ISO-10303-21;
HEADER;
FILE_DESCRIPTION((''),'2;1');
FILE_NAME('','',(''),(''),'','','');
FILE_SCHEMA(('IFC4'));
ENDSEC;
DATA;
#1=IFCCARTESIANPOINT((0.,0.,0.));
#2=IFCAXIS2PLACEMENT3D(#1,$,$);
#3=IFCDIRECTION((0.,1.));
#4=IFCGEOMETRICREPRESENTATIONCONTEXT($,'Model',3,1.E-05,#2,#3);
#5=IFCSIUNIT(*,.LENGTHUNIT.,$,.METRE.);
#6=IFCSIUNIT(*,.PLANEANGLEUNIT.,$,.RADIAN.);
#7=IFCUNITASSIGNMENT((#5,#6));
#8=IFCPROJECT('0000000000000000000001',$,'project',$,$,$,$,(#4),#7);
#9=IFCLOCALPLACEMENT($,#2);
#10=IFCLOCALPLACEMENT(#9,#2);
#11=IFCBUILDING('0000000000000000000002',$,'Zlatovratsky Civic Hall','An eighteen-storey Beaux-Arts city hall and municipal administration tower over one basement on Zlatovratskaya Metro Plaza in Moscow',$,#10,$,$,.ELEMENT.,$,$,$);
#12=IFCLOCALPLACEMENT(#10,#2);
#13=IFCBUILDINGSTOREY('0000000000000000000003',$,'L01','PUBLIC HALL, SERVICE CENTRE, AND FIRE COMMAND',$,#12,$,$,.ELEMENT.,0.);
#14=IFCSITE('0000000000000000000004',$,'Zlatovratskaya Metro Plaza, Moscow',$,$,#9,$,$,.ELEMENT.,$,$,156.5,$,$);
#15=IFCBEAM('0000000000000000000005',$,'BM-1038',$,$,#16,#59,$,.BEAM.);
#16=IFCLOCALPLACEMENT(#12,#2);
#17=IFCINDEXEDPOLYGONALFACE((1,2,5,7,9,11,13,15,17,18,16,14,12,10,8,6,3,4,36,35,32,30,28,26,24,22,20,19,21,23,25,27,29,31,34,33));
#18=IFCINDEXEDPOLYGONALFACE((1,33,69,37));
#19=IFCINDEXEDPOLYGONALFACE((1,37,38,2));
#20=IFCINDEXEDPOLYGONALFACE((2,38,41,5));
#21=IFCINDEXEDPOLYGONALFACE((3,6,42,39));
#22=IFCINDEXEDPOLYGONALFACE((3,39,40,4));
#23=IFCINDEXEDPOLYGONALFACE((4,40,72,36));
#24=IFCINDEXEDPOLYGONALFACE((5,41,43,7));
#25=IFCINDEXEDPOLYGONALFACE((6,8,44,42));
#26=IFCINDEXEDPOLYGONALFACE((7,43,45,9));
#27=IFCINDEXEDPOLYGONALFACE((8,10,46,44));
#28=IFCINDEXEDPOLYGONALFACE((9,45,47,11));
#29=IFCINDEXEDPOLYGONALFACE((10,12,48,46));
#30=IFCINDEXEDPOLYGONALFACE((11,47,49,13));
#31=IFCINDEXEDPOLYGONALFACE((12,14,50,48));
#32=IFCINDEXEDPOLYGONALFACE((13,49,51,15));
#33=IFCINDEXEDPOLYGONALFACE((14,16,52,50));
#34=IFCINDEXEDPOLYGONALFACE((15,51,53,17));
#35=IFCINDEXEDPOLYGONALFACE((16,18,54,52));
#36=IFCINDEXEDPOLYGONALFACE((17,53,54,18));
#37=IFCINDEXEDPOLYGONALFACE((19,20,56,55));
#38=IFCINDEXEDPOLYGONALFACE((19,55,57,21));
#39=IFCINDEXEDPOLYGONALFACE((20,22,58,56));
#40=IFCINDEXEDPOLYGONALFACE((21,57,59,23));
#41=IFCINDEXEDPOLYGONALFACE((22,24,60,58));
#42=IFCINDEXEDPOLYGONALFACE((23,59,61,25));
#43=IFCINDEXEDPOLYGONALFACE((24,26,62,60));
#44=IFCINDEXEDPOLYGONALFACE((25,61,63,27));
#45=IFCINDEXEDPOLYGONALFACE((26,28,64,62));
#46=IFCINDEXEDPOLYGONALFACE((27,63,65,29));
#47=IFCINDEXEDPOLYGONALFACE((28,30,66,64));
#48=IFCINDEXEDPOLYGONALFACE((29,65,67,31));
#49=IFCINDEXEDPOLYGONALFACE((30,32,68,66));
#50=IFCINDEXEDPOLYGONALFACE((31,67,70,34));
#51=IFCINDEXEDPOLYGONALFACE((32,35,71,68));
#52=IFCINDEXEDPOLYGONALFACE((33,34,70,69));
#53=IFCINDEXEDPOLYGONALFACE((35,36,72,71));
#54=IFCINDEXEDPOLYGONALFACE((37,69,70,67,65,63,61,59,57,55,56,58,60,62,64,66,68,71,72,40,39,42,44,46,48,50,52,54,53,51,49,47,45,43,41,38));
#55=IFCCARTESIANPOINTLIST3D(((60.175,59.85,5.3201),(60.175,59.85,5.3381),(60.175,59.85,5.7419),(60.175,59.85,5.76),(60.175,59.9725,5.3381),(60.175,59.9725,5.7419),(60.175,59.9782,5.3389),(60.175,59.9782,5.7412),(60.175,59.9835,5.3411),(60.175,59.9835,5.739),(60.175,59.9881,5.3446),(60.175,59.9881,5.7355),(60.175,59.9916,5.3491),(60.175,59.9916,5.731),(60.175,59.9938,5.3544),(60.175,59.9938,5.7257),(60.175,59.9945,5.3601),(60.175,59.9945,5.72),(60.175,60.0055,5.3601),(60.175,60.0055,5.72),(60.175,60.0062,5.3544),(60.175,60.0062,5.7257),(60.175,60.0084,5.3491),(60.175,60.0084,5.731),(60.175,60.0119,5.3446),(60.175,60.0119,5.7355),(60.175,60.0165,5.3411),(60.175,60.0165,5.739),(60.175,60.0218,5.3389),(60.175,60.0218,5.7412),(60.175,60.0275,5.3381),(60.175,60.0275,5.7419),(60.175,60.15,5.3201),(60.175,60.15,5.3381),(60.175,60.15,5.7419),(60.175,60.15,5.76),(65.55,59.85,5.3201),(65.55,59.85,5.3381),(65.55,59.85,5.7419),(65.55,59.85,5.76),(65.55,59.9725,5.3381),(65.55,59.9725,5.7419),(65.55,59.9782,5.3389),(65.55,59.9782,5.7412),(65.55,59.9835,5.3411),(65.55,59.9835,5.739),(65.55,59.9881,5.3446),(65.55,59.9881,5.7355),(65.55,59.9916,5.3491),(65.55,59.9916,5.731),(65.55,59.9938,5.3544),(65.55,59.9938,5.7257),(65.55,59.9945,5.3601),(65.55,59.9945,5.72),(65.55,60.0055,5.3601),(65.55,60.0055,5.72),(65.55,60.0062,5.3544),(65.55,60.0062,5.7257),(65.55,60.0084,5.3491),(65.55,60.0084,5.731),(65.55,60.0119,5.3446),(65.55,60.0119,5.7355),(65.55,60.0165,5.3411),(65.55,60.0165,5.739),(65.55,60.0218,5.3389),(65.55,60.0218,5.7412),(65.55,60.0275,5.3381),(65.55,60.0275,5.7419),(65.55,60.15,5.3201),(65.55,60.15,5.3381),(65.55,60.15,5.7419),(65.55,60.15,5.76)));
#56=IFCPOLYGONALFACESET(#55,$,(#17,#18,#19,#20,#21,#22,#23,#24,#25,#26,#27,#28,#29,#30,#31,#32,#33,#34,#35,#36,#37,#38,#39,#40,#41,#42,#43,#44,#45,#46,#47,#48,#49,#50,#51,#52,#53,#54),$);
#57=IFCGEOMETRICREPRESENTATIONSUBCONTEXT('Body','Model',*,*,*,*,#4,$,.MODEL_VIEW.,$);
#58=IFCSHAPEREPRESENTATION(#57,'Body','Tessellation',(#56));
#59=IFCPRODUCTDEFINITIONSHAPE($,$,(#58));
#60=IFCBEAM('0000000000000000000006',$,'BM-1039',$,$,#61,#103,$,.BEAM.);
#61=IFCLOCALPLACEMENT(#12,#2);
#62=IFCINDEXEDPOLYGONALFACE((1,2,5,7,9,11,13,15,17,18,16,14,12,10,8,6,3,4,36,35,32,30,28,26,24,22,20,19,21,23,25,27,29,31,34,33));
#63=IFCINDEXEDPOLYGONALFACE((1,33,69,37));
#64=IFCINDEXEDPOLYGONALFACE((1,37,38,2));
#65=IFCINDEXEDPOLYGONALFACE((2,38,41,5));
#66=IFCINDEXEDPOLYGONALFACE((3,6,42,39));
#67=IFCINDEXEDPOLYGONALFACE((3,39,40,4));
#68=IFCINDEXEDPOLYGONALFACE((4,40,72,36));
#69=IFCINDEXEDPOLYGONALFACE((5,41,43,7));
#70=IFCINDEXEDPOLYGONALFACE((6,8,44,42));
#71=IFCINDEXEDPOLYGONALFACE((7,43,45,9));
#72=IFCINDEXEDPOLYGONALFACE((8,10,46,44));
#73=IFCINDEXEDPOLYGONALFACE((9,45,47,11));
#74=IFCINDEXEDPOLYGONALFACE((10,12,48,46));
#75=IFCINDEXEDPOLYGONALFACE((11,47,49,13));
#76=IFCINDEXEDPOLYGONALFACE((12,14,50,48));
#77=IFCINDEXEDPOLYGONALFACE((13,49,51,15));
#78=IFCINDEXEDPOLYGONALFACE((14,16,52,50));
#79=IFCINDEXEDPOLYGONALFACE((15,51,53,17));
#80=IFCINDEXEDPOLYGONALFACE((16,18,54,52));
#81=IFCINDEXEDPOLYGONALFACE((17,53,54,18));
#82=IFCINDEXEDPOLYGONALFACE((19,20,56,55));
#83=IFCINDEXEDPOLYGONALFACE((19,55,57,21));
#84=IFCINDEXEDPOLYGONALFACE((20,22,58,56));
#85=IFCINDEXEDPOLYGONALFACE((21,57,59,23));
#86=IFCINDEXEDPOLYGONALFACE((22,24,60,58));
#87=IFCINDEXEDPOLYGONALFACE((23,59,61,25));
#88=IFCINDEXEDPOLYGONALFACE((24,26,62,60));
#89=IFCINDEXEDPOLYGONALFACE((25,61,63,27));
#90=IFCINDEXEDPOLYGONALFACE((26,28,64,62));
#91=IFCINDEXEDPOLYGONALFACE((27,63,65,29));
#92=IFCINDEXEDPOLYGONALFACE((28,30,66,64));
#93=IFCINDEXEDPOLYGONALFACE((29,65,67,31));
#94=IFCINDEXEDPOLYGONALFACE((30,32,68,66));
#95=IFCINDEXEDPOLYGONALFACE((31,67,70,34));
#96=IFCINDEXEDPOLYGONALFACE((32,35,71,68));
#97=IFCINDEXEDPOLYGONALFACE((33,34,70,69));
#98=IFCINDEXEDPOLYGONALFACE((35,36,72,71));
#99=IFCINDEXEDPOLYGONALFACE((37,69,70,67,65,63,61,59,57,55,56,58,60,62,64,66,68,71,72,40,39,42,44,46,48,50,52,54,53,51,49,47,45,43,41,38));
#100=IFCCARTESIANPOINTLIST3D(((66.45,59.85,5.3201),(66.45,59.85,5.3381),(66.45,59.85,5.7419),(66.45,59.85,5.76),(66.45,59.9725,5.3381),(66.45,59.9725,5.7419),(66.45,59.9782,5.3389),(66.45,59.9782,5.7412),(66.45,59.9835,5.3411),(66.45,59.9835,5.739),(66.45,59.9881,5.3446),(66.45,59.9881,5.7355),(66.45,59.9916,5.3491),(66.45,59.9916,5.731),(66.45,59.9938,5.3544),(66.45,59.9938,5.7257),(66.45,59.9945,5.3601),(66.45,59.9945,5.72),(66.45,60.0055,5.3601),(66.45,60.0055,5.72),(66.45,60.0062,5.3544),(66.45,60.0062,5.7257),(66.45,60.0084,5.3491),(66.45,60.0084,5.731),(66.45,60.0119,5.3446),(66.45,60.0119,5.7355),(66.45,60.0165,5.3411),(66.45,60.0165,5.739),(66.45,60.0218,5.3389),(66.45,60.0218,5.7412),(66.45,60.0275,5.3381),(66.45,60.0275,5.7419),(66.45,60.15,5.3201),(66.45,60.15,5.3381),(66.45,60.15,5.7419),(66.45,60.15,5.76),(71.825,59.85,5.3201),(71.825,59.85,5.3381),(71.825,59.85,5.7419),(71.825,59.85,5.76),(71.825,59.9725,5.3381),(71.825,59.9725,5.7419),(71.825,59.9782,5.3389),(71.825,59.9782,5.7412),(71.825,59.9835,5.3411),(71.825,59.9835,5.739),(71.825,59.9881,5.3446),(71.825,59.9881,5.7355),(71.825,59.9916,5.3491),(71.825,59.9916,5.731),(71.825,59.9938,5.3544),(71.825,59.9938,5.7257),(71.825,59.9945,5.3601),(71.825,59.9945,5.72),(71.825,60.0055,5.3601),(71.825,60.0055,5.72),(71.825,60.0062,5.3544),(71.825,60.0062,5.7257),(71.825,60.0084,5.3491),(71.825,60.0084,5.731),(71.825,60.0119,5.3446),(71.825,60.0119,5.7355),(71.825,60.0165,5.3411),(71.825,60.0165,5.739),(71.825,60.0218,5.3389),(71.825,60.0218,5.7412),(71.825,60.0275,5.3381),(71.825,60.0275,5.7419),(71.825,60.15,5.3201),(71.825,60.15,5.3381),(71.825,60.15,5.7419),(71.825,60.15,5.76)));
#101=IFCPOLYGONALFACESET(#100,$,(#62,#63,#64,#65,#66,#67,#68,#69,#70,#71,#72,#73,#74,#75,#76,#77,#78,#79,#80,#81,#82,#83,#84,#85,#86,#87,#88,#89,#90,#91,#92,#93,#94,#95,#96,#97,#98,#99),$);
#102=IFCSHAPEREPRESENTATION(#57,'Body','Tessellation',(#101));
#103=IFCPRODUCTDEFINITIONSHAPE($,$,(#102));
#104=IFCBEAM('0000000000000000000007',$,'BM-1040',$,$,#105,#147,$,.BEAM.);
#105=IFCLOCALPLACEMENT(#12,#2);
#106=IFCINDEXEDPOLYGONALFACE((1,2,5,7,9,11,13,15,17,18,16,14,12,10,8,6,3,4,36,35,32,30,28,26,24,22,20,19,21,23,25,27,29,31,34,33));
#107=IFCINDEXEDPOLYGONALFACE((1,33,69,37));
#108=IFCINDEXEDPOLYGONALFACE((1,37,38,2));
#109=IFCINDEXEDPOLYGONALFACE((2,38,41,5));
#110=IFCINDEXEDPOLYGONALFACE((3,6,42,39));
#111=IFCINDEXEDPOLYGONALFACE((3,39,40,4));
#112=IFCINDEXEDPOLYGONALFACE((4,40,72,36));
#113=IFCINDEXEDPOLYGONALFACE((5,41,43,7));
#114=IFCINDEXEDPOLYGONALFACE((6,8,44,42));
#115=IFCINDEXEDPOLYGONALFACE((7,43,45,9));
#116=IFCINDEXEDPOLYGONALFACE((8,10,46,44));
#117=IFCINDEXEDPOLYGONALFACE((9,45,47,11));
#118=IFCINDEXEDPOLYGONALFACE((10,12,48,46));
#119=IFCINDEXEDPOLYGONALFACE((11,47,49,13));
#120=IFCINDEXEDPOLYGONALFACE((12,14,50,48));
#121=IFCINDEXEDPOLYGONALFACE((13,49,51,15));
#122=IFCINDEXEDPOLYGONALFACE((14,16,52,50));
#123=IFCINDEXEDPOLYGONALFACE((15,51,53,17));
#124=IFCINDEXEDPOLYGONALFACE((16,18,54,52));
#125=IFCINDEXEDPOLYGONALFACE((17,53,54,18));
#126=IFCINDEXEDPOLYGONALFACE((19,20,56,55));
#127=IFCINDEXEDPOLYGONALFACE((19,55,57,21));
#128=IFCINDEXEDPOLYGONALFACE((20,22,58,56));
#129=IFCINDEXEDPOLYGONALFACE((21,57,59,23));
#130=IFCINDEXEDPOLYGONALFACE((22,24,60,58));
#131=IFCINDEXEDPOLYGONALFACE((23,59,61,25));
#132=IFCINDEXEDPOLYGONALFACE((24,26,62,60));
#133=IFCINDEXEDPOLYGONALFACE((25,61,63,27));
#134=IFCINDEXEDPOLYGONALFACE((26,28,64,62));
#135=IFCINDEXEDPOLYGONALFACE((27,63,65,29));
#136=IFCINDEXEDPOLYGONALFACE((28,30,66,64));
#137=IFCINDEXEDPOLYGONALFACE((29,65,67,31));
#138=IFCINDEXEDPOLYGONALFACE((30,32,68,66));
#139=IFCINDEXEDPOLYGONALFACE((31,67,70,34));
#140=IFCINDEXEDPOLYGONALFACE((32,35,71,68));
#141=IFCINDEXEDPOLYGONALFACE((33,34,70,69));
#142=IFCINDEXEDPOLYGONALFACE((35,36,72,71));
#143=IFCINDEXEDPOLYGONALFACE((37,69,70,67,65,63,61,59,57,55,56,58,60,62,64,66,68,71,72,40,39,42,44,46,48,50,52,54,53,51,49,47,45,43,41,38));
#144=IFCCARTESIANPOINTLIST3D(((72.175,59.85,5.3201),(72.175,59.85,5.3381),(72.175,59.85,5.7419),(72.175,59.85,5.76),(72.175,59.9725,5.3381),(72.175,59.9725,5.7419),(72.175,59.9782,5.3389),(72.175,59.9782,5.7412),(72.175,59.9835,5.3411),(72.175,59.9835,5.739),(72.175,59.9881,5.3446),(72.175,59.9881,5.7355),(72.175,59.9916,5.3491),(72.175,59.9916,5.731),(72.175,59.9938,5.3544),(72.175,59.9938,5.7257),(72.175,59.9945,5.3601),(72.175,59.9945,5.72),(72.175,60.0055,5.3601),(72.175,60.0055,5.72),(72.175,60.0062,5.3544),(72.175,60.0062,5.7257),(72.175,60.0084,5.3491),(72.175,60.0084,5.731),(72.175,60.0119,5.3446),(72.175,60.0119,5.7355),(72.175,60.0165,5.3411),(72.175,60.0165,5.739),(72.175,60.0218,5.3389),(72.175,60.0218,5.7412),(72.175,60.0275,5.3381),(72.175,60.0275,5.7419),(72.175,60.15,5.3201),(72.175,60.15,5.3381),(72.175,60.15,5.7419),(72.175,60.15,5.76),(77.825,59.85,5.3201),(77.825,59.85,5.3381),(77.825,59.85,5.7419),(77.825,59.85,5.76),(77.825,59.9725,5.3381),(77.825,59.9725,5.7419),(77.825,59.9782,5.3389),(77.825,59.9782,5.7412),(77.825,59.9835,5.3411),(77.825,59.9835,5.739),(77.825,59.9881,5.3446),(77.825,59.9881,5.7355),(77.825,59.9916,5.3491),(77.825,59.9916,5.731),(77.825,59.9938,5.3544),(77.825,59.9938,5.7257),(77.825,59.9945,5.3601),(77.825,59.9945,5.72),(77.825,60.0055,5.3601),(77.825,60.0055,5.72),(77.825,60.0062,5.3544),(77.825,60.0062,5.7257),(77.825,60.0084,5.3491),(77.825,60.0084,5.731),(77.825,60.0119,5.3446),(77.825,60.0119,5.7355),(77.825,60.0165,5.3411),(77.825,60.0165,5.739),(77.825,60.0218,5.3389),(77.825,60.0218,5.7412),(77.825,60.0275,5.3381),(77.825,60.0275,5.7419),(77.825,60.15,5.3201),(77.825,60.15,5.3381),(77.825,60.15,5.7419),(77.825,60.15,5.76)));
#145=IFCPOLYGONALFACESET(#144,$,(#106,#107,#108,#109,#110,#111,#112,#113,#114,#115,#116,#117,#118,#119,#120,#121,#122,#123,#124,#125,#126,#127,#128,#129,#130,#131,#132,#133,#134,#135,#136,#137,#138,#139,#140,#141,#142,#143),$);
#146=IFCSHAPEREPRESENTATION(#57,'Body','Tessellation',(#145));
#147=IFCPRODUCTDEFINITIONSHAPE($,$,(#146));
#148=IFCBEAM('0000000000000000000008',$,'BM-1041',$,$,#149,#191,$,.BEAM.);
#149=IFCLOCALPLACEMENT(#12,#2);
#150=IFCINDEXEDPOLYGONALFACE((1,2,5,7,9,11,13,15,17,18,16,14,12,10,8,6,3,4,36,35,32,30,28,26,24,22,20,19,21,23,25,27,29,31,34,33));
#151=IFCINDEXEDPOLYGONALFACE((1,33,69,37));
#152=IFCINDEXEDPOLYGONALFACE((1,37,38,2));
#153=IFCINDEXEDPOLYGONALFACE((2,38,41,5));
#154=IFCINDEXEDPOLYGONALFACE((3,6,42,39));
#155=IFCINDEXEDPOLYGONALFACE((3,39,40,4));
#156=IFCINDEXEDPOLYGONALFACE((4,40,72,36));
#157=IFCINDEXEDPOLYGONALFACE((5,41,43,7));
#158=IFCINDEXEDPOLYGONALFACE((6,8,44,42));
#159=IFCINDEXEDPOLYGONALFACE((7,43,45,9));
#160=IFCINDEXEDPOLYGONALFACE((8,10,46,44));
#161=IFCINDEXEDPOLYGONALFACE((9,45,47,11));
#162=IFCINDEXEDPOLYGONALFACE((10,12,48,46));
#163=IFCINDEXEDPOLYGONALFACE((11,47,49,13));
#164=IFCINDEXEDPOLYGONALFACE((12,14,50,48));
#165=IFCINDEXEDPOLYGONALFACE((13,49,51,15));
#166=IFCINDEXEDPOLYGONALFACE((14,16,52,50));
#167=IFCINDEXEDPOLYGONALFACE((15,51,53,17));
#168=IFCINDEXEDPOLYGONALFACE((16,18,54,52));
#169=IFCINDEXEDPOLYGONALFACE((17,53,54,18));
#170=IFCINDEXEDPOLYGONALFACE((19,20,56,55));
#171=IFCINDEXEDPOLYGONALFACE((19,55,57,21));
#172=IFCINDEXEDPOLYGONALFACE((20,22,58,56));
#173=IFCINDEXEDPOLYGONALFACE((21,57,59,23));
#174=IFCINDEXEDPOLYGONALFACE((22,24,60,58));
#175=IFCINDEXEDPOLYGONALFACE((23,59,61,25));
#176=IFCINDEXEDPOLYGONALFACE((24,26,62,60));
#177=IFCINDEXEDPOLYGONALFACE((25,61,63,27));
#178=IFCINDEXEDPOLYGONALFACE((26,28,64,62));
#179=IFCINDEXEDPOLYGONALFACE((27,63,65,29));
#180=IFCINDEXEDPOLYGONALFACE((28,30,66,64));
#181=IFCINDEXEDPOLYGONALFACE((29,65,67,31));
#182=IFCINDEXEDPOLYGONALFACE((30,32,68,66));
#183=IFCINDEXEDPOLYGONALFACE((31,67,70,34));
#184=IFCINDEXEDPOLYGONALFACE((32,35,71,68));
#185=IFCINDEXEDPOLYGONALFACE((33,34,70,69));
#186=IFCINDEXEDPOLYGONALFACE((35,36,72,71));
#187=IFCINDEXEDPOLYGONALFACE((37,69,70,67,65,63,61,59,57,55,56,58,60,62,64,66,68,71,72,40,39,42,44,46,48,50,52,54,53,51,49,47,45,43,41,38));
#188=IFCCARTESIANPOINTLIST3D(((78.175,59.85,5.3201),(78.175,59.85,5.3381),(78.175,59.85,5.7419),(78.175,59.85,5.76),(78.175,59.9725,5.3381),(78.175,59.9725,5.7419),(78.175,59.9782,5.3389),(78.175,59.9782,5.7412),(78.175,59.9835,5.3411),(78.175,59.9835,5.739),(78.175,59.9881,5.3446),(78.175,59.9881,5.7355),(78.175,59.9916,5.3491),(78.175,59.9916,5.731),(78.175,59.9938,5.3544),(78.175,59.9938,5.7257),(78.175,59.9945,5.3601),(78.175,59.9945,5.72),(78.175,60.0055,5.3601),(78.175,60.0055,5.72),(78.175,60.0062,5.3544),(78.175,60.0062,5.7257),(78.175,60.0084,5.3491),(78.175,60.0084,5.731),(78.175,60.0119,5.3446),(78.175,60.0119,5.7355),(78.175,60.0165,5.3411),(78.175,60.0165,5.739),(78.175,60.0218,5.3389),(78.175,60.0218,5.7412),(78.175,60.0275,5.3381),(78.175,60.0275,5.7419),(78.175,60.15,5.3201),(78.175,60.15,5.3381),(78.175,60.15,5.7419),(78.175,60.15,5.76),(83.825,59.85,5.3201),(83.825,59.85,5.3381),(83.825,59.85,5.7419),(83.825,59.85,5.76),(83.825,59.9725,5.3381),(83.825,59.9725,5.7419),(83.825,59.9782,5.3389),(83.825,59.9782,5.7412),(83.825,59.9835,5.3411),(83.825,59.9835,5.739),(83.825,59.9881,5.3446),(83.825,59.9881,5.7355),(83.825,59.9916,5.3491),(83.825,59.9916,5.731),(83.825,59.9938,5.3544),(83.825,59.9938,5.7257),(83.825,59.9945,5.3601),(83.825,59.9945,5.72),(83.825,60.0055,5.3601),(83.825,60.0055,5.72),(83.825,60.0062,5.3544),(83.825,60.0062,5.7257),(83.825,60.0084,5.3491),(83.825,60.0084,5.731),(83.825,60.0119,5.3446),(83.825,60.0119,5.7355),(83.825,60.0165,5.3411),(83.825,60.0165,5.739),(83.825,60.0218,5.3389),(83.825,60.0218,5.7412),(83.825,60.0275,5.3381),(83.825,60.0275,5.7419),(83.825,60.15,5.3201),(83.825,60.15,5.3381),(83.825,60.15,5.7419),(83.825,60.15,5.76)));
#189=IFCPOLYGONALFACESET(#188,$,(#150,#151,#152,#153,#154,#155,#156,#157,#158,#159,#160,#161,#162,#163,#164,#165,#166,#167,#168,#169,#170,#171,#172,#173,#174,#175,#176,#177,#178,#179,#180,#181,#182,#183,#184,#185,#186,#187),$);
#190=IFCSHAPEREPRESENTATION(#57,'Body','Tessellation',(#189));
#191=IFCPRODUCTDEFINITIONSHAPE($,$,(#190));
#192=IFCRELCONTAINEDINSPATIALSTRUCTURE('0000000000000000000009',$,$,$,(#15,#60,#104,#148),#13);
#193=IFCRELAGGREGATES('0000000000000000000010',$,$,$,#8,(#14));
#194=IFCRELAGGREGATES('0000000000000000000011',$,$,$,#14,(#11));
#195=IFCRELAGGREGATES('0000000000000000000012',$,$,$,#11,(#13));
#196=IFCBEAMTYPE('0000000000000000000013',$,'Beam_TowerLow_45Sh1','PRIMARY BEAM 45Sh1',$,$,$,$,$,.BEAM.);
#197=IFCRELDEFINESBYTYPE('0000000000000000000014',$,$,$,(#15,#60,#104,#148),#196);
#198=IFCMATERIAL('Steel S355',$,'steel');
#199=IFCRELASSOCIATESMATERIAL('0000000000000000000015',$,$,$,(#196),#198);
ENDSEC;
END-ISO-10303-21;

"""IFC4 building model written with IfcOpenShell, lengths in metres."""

from ifc_helpers import new_model, si_unit, direction, frame, origin, origin_2d, place, context, subcontext, project, spatial, i_section, extrude, material, material_profile, profile_set, type_object, element, save


model = new_model("IFC4")

# Units and contexts
model_context = context("Model", 3, precision=1e-05, world=origin(), true_north=direction((0.0, 1.0)))
body_context = subcontext(model_context, "Body", "Model", "MODEL_VIEW")
ifc_project = project(units=[si_unit("LENGTHUNIT", "METRE"), si_unit("PLANEANGLEUNIT", "RADIAN")], contexts=[model_context])

# Site, building, storey
site_placement = place(None, origin())
site = spatial("IfcSite", under=ifc_project, at=site_placement, Name="Zlatovratskaya Metro Plaza, Moscow", CompositionType="ELEMENT", RefElevation=156.5)
building_placement = place(site_placement, origin())
building = spatial("IfcBuilding", under=site, at=building_placement, Name="Zlatovratsky Civic Hall", Description="An eighteen-storey Beaux-Arts city hall and municipal administration tower over one basement on Zlatovratskaya Metro Plaza in Moscow", CompositionType="ELEMENT")
storey_placement = place(building_placement, origin())
storey = spatial("IfcBuildingStorey", under=building, at=storey_placement, Name="L01", Description="PUBLIC HALL, SERVICE CENTRE, AND FIRE COMMAND", CompositionType="ELEMENT", Elevation=0.0)

# Shared definitions
ifc_material_1 = material(Name="Steel S355", Category="steel")

# Beams
ifc_material_profile_1 = material_profile(ifc_material_1, i_section(OverallWidth=0.3, OverallDepth=0.4399, WebThickness=0.011, FlangeThickness=0.0181, FilletRadius=0.022, at=origin_2d()), Name="45Sh1")
ifc_profile_set_1 = profile_set([ifc_material_profile_1], Name="Steel S355")
beam_type = type_object("IfcBeamType", Name="Beam_TowerLow_45Sh1", Description="PRIMARY BEAM 45Sh1", PredefinedType="BEAM", material=ifc_profile_set_1)
for number, where, z_axis, x_axis, name in (
    (1, (60.175, 60.0, 5.54), (1.0, 0.0, 0.0), (0.0, 1.0, 0.0), "BM-1038"),
    (2, (66.45, 60.0, 5.54), (1.0, 0.0, 0.0), (0.0, 1.0, 0.0), "BM-1039"),
):
    element("IfcBeam", number, at=place(storey_placement, frame(where, z_axis=z_axis, x_axis=x_axis)), inside=storey, type_object=beam_type, Name=name, PredefinedType="BEAM", context=body_context, shape_type="SweptSolid", body=[
        extrude(i_section(OverallWidth=0.3, OverallDepth=0.4399, WebThickness=0.011, FlangeThickness=0.0181, FilletRadius=0.022, at=origin_2d()), origin(), (0.0, 0.0, 1.0), 5.375),
    ])
for number, where, z_axis, x_axis, name in (
    (3, (72.175, 60.0, 5.54), (1.0, 0.0, 0.0), (0.0, 1.0, 0.0), "BM-1040"),
    (4, (78.175, 60.0, 5.54), (1.0, 0.0, 0.0), (0.0, 1.0, 0.0), "BM-1041"),
):
    element("IfcBeam", number, at=place(storey_placement, frame(where, z_axis=z_axis, x_axis=x_axis)), inside=storey, type_object=beam_type, Name=name, PredefinedType="BEAM", context=body_context, shape_type="SweptSolid", body=[
        extrude(i_section(OverallWidth=0.3, OverallDepth=0.4399, WebThickness=0.011, FlangeThickness=0.0181, FilletRadius=0.022, at=origin_2d()), origin(), (0.0, 0.0, 1.0), 5.6499),
    ])

save(model, "model.ifc")
